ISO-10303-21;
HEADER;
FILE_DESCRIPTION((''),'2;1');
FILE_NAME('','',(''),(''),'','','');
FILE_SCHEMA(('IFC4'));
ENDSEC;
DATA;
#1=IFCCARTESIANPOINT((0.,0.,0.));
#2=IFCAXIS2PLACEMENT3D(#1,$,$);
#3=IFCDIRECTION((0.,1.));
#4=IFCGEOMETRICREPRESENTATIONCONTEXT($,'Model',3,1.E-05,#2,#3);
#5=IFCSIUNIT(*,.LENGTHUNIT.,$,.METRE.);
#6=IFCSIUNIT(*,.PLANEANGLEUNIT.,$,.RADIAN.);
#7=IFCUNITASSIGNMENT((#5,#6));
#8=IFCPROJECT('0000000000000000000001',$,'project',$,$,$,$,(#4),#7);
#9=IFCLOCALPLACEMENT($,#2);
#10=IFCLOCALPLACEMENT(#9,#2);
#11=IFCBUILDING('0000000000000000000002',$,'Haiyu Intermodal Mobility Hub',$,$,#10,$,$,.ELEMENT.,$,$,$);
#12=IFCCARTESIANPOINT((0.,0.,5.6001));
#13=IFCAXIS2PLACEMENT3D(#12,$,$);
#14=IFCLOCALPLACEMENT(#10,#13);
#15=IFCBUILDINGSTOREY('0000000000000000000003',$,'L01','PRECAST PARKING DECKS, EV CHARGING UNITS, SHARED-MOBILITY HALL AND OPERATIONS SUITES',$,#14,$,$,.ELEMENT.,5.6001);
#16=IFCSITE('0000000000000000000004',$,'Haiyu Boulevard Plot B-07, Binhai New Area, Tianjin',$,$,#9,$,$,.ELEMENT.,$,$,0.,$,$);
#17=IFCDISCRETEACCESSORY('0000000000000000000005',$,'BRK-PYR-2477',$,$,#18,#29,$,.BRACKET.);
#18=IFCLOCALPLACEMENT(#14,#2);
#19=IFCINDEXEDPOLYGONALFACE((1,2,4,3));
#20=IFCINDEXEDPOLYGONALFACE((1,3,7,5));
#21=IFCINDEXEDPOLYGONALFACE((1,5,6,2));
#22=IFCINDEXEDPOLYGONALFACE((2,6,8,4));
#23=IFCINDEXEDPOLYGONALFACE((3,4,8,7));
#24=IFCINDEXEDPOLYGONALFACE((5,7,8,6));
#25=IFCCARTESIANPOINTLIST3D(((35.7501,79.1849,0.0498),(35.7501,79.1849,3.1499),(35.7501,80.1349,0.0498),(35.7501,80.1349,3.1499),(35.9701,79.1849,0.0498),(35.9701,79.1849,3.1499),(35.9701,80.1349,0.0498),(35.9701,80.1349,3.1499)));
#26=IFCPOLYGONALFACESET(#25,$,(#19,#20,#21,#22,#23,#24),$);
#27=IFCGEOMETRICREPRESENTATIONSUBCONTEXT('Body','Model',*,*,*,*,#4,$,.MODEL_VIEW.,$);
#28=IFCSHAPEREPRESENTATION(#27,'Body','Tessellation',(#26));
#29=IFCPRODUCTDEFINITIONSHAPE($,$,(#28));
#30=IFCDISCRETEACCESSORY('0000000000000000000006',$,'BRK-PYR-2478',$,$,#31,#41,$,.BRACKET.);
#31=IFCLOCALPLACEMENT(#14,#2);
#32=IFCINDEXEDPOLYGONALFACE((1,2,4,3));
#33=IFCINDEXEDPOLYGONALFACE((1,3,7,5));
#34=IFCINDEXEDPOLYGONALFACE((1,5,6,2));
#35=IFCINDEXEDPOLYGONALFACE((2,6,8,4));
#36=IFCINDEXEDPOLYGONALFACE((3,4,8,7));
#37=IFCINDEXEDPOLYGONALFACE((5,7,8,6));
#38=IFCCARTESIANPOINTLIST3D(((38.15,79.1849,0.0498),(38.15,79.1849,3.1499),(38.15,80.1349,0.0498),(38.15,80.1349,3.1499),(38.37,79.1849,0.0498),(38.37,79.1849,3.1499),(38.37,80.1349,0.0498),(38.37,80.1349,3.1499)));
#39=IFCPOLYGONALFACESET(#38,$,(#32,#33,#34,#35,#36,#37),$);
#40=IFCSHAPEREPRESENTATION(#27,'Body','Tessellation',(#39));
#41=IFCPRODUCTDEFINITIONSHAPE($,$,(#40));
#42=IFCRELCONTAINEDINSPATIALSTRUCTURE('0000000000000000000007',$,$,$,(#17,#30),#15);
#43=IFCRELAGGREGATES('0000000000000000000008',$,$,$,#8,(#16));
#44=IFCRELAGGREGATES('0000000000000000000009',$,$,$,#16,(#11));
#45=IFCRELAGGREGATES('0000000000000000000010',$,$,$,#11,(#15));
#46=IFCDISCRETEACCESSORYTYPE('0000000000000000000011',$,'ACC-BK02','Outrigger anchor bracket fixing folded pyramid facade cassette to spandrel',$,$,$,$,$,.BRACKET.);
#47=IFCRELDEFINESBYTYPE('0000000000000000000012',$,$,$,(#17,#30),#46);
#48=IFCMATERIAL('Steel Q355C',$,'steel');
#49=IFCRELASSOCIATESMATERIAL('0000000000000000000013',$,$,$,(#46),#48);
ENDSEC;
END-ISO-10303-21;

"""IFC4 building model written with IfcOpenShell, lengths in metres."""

from ifc_helpers import new_model, si_unit, direction, frame, origin, origin_2d, place, context, subcontext, project, spatial, rectangle, extrude, material, type_object, element, save


model = new_model("IFC4")

# Units and contexts
model_context = context("Model", 3, precision=1e-05, world=origin(), true_north=direction((0.0, 1.0)))
body_context = subcontext(model_context, "Body", "Model", "MODEL_VIEW")
ifc_project = project(units=[si_unit("LENGTHUNIT", "METRE"), si_unit("PLANEANGLEUNIT", "RADIAN")], contexts=[model_context])

# Site, building, storey
site_placement = place(None, origin())
site = spatial("IfcSite", under=ifc_project, at=site_placement, Name="Haiyu Boulevard Plot B-07, Binhai New Area, Tianjin", CompositionType="ELEMENT", RefElevation=0.0)
building_placement = place(site_placement, origin())
building = spatial("IfcBuilding", under=site, at=building_placement, Name="Haiyu Intermodal Mobility Hub", CompositionType="ELEMENT")
storey_placement = place(building_placement, frame((0.0, 0.0, 5.6001)))
storey = spatial("IfcBuildingStorey", under=building, at=storey_placement, Name="L01", Description="PRECAST PARKING DECKS, EV CHARGING UNITS, SHARED-MOBILITY HALL AND OPERATIONS SUITES", CompositionType="ELEMENT", Elevation=5.6001)

# Shared definitions
ifc_material_1 = material(Name="Steel Q355C", Category="steel")

# Discrete accessories
discrete_accessory_type = type_object("IfcDiscreteAccessoryType", Name="ACC-BK02", Description="Outrigger anchor bracket fixing folded pyramid facade cassette to spandrel", PredefinedType="BRACKET", material=ifc_material_1)
for number, where, z_axis, x_axis, name in (
    (1, (35.8601, 79.6599, 0.0498), (0.0, 0.0, 1.0), (1.0, 0.0, 0.0), "BRK-PYR-2477"),
    (2, (38.26, 79.6599, 0.0498), (0.0, 0.0, 1.0), (1.0, 0.0, 0.0), "BRK-PYR-2478"),
):
    element("IfcDiscreteAccessory", number, at=place(storey_placement, frame(where, z_axis=z_axis, x_axis=x_axis)), inside=storey, type_object=discrete_accessory_type, Name=name, PredefinedType="BRACKET", context=body_context, shape_type="SweptSolid", body=[
        extrude(rectangle(XDim=0.22, YDim=0.95, at=origin_2d()), origin(), (0.0, 0.0, 1.0), 3.1001),
    ])

save(model, "model.ifc")
